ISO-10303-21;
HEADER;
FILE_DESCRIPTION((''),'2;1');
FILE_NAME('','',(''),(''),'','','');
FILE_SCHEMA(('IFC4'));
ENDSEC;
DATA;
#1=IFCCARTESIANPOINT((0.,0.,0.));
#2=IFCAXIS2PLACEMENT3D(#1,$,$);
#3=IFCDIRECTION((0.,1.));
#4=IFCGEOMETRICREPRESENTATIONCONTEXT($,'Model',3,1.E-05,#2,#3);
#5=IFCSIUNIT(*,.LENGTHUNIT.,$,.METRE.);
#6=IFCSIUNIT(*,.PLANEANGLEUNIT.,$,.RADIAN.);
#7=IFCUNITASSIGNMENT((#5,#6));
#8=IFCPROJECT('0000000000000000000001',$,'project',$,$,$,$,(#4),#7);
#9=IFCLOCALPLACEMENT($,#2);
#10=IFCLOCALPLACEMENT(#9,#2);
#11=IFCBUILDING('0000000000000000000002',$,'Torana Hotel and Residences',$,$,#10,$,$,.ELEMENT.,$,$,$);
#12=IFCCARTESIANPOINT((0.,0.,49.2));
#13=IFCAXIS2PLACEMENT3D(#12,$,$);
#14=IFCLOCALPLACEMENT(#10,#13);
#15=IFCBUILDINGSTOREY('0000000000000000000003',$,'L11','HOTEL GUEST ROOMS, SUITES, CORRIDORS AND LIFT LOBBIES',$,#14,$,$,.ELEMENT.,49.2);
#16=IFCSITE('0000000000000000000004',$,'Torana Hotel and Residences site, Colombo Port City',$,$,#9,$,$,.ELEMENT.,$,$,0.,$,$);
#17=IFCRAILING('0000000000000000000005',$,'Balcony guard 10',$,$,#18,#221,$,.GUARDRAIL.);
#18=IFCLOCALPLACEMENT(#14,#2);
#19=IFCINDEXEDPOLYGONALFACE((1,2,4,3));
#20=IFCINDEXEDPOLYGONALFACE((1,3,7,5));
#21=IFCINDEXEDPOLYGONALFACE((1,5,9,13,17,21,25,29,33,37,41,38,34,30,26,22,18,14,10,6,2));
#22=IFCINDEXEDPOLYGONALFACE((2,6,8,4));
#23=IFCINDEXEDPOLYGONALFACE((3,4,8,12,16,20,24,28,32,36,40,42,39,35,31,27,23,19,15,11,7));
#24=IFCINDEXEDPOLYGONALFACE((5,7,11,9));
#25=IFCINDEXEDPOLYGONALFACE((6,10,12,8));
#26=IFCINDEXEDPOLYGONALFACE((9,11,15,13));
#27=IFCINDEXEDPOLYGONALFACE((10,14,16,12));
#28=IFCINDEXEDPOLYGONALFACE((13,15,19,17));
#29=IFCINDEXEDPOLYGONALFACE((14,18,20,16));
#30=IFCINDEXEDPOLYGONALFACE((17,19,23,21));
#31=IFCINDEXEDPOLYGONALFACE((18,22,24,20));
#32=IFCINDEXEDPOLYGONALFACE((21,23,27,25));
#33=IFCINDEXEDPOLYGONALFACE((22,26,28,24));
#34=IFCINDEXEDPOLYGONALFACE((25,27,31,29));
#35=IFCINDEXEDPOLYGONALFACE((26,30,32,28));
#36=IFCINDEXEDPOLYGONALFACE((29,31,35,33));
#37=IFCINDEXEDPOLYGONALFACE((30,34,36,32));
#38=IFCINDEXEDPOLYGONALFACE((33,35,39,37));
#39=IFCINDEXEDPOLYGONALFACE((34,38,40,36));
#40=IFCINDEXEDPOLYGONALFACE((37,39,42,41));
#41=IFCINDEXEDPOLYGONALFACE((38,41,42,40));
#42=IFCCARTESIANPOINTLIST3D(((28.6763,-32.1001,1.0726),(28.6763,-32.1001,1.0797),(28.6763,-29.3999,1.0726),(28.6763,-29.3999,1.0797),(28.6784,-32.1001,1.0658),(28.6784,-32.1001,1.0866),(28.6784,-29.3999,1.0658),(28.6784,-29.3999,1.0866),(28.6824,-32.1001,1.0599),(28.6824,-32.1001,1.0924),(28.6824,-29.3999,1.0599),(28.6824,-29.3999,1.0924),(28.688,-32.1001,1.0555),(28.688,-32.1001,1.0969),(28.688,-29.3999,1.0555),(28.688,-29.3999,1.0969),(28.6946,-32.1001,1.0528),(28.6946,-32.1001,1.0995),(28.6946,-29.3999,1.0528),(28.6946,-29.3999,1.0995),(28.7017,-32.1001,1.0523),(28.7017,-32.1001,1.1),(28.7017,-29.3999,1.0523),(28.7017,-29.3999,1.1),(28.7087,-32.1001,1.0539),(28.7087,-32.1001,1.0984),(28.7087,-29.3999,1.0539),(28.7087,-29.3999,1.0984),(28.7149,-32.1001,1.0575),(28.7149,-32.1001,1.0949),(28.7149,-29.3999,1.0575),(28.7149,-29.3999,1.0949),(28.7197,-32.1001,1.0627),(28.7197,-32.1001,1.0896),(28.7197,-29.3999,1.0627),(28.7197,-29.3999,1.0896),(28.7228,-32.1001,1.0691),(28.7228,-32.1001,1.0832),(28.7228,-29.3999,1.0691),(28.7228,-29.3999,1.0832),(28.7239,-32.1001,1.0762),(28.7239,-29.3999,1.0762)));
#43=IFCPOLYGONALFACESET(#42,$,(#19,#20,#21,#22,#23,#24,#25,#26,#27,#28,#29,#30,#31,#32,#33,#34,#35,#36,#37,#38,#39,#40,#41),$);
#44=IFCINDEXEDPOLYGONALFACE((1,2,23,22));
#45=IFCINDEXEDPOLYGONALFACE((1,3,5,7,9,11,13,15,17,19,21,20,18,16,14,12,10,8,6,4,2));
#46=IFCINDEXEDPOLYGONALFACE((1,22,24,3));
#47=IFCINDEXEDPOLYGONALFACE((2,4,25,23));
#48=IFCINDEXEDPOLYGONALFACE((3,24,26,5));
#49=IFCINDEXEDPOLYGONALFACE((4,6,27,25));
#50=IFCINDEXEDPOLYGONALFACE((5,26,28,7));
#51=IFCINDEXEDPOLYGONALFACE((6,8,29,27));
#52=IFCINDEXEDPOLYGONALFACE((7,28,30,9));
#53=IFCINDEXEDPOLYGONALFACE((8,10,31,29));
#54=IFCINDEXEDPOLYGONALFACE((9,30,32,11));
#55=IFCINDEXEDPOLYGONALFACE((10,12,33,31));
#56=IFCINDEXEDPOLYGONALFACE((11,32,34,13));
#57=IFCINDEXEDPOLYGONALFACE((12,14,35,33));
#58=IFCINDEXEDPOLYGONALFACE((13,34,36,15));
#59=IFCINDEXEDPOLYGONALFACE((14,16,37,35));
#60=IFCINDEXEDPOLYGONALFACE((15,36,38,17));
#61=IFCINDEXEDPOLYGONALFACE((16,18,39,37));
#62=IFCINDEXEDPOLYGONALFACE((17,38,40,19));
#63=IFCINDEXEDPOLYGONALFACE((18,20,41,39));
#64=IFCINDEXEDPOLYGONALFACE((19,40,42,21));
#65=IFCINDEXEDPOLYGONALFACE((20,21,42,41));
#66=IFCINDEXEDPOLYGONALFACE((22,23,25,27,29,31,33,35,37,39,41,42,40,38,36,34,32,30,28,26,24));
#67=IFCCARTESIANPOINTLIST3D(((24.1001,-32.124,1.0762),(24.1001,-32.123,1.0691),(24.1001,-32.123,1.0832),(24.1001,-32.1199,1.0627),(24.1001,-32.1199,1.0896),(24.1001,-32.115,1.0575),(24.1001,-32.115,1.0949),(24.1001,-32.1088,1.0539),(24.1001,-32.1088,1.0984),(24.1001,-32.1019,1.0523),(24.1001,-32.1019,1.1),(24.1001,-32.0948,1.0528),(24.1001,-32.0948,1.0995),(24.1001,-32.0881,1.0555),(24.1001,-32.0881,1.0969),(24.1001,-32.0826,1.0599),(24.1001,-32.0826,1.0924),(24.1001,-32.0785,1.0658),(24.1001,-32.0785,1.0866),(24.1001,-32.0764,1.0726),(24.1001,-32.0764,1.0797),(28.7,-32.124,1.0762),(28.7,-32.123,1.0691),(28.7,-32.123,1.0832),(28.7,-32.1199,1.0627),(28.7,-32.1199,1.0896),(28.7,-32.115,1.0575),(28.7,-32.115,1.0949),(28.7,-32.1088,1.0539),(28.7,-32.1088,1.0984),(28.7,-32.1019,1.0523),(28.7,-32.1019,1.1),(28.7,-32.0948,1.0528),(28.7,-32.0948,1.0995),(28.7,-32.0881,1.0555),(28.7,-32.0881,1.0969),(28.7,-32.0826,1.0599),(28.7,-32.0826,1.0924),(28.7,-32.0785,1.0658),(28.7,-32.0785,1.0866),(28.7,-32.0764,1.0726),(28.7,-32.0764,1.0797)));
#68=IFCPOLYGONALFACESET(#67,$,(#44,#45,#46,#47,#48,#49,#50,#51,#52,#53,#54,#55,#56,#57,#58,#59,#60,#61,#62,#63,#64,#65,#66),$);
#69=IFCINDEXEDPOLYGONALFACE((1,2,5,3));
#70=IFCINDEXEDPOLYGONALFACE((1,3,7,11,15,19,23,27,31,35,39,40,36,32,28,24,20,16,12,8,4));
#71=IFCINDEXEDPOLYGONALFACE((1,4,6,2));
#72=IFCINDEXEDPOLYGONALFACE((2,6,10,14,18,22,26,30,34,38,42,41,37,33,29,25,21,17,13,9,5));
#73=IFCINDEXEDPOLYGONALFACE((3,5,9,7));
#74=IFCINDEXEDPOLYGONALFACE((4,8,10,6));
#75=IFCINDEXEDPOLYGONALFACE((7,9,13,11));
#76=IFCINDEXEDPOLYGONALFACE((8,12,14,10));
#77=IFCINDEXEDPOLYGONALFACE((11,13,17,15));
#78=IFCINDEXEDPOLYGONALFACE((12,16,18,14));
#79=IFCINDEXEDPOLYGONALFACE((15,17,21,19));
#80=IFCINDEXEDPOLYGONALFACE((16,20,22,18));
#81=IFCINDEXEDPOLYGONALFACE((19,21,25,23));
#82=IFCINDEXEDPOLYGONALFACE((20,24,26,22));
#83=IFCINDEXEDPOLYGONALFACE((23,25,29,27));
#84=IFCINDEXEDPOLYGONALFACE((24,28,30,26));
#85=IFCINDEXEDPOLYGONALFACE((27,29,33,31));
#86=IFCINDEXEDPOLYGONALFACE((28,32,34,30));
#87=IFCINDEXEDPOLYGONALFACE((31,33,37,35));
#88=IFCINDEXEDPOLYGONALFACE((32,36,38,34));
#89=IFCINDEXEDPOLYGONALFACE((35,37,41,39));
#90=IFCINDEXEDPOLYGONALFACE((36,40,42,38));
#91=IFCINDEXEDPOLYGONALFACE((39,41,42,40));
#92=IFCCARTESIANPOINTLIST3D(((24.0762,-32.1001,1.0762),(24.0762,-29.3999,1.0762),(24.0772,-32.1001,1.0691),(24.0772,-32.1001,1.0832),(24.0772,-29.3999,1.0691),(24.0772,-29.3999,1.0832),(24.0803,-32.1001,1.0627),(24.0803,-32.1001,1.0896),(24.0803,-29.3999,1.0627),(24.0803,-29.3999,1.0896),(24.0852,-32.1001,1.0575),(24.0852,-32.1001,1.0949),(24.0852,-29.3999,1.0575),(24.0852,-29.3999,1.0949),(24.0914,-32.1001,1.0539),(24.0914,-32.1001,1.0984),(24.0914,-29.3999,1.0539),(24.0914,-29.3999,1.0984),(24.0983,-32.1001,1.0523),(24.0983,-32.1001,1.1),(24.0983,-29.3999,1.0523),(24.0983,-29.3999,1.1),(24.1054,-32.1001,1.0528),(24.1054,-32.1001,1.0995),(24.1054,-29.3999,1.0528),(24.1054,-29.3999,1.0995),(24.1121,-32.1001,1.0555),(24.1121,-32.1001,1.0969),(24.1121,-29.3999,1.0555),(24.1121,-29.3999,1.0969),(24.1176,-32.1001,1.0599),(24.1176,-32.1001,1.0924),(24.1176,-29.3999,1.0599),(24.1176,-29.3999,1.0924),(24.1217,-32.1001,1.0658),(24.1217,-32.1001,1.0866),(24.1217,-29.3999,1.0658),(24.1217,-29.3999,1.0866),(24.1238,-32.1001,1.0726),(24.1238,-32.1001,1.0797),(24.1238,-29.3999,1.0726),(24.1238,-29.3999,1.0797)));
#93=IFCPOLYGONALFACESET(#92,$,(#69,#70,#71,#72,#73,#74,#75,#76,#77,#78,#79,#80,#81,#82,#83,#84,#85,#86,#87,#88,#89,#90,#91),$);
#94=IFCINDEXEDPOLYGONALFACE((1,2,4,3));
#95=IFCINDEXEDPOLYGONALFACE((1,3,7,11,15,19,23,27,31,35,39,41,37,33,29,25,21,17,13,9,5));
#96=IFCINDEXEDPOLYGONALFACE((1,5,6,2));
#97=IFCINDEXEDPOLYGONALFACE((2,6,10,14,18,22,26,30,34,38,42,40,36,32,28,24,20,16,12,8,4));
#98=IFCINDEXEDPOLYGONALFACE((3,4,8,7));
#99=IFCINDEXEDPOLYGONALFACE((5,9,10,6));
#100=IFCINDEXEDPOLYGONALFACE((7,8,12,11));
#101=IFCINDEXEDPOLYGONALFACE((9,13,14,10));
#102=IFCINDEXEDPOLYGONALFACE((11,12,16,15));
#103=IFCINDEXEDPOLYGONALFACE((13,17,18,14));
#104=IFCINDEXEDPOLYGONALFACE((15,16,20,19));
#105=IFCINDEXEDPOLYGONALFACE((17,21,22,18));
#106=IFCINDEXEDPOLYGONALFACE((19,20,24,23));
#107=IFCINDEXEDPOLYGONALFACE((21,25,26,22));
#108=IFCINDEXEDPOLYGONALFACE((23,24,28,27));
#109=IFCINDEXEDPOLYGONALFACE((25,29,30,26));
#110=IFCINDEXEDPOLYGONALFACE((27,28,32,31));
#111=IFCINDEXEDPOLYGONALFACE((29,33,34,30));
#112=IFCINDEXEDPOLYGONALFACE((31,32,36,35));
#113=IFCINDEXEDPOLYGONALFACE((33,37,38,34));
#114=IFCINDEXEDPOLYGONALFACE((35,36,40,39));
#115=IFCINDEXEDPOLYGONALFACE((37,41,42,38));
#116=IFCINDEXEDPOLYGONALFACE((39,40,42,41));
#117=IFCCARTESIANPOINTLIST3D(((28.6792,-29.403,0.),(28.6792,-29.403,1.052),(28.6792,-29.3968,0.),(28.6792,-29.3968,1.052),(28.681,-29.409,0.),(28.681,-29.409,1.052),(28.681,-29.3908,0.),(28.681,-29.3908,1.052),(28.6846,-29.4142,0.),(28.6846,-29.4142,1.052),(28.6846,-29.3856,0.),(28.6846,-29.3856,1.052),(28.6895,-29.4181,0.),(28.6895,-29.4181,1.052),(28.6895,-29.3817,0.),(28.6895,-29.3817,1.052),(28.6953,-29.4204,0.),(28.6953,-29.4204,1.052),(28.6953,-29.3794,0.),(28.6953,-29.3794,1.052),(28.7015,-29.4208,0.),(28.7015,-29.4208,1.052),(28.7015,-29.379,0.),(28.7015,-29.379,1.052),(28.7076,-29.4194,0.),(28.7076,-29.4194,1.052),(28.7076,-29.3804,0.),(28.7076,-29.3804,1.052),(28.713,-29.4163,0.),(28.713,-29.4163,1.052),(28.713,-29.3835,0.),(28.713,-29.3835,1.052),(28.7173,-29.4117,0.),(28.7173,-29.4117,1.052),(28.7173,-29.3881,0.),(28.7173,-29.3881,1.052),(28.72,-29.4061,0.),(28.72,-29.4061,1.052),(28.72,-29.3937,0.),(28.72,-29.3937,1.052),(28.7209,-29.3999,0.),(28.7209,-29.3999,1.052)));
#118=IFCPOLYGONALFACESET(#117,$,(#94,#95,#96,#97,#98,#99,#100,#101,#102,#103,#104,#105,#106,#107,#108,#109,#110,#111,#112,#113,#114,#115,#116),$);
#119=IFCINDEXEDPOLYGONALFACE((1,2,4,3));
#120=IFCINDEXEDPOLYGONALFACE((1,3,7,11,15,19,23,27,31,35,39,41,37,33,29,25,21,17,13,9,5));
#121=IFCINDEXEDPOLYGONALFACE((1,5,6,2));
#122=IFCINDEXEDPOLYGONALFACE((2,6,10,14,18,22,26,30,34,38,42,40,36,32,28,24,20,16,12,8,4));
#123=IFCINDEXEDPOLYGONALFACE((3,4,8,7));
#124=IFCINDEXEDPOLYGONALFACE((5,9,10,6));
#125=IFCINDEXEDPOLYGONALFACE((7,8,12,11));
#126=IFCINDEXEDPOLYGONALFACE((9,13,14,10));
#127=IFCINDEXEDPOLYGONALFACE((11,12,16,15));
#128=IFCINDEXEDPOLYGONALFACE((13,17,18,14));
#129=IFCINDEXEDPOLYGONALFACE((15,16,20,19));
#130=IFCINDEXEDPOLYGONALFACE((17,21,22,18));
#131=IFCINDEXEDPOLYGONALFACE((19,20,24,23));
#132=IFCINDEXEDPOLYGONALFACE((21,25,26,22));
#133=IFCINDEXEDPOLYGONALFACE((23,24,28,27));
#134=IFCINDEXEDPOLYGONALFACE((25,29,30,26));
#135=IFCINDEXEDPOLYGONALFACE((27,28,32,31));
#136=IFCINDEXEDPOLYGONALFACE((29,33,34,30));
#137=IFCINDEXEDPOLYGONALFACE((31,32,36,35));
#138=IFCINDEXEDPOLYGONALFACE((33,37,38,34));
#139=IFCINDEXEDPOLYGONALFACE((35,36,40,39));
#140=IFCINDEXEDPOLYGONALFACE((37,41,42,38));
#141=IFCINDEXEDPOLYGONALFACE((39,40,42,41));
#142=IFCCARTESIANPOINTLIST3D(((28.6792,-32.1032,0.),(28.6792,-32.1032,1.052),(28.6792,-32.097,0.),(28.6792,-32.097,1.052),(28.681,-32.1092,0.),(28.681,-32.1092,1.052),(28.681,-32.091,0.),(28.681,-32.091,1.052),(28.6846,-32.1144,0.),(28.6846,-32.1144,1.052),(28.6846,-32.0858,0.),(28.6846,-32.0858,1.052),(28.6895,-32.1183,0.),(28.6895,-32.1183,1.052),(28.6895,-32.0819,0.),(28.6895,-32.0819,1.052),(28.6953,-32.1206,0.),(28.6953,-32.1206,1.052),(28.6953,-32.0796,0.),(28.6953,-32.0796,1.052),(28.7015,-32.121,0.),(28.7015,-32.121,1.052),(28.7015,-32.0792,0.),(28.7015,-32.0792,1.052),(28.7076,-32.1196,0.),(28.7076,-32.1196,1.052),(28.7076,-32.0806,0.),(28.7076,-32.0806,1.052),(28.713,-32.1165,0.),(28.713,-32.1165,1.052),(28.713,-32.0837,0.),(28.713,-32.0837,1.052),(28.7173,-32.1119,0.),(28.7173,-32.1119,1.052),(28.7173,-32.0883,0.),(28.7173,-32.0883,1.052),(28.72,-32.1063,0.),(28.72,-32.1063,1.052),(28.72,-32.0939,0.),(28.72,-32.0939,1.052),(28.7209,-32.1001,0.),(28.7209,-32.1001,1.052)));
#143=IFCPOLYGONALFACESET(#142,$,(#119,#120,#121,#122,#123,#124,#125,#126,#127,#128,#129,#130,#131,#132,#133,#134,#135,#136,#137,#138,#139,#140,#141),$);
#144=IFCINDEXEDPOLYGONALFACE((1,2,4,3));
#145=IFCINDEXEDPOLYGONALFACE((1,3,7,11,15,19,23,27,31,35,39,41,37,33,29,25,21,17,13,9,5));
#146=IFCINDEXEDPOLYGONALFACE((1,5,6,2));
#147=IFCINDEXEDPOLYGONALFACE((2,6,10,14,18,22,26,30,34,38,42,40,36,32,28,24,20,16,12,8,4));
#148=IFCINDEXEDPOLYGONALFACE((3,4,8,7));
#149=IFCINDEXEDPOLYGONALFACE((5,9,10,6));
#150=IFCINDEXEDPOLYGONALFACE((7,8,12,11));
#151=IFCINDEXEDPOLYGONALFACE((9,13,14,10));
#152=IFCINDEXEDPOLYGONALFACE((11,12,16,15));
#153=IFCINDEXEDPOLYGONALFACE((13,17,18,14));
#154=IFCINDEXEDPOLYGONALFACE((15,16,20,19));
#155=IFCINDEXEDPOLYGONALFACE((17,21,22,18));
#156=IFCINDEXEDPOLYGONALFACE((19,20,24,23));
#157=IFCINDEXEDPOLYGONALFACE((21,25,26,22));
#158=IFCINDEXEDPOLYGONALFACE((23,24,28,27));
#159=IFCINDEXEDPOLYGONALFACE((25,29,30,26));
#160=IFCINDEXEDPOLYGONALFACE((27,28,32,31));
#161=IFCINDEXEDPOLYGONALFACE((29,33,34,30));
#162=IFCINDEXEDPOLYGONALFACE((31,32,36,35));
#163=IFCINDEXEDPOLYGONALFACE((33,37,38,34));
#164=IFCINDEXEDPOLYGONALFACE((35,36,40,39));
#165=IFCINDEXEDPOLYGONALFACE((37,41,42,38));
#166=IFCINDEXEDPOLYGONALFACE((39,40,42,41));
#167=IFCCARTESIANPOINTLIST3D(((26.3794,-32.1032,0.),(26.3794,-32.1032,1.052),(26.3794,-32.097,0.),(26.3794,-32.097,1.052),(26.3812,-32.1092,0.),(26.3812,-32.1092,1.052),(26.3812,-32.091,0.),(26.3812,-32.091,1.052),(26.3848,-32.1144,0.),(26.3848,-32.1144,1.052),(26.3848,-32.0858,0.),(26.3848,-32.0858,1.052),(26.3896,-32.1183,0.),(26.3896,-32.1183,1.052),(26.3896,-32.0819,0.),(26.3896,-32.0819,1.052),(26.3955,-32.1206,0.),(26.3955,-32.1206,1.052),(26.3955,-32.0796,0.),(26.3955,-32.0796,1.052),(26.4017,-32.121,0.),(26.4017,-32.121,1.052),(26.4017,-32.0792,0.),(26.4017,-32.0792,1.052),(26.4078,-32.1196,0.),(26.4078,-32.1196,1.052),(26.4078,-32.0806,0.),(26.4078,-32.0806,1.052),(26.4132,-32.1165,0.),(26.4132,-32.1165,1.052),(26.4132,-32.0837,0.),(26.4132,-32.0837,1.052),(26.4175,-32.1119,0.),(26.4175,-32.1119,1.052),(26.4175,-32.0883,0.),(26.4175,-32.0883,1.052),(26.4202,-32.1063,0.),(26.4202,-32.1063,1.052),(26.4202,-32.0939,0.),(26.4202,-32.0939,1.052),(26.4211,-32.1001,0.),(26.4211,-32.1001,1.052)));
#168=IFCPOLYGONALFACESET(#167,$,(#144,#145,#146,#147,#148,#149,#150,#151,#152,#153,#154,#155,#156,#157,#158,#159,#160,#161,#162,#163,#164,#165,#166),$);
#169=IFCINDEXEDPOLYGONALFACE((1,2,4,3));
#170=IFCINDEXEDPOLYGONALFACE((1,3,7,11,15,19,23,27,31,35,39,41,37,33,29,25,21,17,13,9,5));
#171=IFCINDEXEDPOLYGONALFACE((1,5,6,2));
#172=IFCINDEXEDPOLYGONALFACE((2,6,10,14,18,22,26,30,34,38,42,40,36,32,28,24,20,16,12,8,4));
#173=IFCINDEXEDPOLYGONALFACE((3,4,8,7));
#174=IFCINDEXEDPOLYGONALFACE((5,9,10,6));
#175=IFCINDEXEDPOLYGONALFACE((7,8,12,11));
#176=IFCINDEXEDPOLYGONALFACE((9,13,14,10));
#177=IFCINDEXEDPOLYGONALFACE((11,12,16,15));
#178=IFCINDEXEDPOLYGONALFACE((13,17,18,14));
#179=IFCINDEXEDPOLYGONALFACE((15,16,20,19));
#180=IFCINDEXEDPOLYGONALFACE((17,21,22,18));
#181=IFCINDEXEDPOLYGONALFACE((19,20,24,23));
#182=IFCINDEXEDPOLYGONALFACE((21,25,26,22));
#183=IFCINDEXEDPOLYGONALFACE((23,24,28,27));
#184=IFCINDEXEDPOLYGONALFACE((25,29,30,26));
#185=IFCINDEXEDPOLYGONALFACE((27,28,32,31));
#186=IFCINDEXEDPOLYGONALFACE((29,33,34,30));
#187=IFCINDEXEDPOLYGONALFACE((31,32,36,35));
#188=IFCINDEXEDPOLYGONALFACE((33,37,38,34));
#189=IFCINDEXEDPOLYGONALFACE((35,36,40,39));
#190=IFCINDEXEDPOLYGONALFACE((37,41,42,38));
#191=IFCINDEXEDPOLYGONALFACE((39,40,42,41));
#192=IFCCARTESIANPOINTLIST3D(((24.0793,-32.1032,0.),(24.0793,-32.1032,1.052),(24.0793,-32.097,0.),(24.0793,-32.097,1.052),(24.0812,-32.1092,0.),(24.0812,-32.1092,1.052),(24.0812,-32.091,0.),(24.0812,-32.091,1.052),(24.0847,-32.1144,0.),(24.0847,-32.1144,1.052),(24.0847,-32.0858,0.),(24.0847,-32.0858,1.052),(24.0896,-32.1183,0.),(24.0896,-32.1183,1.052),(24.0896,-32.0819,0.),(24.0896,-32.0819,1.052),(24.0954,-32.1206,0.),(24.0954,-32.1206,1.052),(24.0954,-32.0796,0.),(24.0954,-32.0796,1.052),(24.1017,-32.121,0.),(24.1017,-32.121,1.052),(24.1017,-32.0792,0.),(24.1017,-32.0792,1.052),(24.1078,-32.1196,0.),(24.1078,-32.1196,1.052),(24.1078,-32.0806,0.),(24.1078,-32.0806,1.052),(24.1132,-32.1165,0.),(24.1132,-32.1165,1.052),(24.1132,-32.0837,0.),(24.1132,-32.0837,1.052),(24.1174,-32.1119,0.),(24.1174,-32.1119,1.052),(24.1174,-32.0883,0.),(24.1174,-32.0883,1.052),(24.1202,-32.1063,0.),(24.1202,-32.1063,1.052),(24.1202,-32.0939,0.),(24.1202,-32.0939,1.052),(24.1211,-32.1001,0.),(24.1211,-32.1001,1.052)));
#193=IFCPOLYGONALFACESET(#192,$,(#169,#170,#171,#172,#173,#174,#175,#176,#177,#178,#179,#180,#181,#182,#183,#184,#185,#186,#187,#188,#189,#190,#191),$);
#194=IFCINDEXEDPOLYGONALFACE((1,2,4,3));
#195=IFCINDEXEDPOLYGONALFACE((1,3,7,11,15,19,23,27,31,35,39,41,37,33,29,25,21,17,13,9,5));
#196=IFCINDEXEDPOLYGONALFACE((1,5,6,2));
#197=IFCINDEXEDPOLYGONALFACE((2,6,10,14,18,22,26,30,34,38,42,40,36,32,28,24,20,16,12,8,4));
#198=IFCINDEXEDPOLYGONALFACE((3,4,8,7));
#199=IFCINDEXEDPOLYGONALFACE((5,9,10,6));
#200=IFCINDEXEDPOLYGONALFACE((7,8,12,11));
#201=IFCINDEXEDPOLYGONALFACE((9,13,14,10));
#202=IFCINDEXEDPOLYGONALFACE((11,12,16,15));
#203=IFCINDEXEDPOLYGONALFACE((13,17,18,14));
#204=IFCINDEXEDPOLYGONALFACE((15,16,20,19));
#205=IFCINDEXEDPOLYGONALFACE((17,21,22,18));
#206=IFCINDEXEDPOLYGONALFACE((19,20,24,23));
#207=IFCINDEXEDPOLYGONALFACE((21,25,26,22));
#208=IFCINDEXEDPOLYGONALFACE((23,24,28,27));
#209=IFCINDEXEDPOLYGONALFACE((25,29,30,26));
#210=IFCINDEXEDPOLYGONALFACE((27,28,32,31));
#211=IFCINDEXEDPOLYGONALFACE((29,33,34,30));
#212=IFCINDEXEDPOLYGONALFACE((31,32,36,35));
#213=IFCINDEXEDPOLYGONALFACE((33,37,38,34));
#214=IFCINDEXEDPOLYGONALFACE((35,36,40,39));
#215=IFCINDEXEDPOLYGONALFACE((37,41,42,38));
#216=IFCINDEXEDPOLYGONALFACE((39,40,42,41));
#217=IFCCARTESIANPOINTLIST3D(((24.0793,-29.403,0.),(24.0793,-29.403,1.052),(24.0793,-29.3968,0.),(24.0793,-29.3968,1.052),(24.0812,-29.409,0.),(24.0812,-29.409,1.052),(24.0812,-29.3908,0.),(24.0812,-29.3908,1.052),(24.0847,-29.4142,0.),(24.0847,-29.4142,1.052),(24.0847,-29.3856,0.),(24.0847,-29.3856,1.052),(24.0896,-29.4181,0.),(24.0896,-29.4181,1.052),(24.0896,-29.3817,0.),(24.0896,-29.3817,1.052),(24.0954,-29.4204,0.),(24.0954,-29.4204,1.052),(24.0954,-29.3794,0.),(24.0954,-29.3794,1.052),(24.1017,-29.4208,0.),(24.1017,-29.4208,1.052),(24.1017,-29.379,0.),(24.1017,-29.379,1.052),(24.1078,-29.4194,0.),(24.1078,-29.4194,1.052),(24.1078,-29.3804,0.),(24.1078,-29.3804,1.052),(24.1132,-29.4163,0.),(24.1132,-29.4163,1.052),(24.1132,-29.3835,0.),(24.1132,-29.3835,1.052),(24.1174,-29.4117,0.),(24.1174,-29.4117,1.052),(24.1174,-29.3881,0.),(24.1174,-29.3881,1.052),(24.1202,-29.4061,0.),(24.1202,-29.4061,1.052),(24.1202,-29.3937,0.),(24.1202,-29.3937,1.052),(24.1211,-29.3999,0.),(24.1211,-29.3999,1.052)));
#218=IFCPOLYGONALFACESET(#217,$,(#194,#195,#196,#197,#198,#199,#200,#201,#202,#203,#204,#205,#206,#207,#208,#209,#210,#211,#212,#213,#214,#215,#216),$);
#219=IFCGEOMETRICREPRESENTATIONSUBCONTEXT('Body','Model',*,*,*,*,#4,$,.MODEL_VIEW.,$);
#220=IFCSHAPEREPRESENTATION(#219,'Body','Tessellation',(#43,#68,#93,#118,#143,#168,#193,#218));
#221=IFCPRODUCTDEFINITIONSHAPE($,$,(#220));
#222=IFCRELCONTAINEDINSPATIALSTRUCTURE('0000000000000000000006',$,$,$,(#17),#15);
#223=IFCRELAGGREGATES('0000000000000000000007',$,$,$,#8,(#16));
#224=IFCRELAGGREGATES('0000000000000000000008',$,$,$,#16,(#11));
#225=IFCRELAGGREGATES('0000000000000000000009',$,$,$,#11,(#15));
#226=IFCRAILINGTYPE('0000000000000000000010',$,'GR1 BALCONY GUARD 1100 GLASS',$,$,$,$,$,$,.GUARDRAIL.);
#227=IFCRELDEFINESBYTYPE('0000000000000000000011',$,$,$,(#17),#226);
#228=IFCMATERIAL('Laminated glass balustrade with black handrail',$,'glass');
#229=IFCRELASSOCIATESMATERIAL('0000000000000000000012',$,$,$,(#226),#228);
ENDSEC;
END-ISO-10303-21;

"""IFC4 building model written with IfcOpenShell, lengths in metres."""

from ifc_helpers import new_model, si_unit, direction, frame, origin, origin_2d, place, context, subcontext, project, spatial, circle, extrude, material, type_object, element, save


model = new_model("IFC4")

# Units and contexts
model_context = context("Model", 3, precision=1e-05, world=origin(), true_north=direction((0.0, 1.0)))
body_context = subcontext(model_context, "Body", "Model", "MODEL_VIEW")
ifc_project = project(units=[si_unit("LENGTHUNIT", "METRE"), si_unit("PLANEANGLEUNIT", "RADIAN")], contexts=[model_context])

# Site, building, storey
site_placement = place(None, origin())
site = spatial("IfcSite", under=ifc_project, at=site_placement, Name="Torana Hotel and Residences site, Colombo Port City", CompositionType="ELEMENT", RefElevation=0.0)
building_placement = place(site_placement, origin())
building = spatial("IfcBuilding", under=site, at=building_placement, Name="Torana Hotel and Residences", CompositionType="ELEMENT")
storey_placement = place(building_placement, frame((0.0, 0.0, 49.2)))
storey = spatial("IfcBuildingStorey", under=building, at=storey_placement, Name="L11", Description="HOTEL GUEST ROOMS, SUITES, CORRIDORS AND LIFT LOBBIES", CompositionType="ELEMENT", Elevation=49.2)

# Railing
ifc_material_1 = material(Name="Laminated glass balustrade with black handrail", Category="glass")
railing_type = type_object("IfcRailingType", Name="GR1 BALCONY GUARD 1100 GLASS", PredefinedType="GUARDRAIL", material=ifc_material_1)
railing_1_placement = place(storey_placement, frame((28.7, -29.3999, 0.0)))
element("IfcRailing", 1, at=railing_1_placement, inside=storey, type_object=railing_type, Name="Balcony guard 10", PredefinedType="GUARDRAIL", context=body_context, shape_type="SweptSolid", body=[
    extrude(circle(Radius=0.0239, at=origin_2d()), frame((0.0, 0.0, 1.0762), z_axis=(0.0, -1.0, 0.0), x_axis=(1.0, 0.0, 0.0)), (0.0, 0.0, 1.0), 2.7002),
    extrude(circle(Radius=0.0239, at=origin_2d()), frame((0.0, -2.7002, 1.0762), z_axis=(-1.0, 0.0, 0.0), x_axis=(0.0, -1.0, 0.0)), (0.0, 0.0, 1.0), 4.5999),
    extrude(circle(Radius=0.0239, at=origin_2d()), frame((-4.5999, -2.7002, 1.0762), z_axis=(0.0, 1.0, 0.0), x_axis=(-1.0, 0.0, 0.0)), (0.0, 0.0, 1.0), 2.7002),
    extrude(circle(Radius=0.021, at=origin_2d()), origin(), (0.0, 0.0, 1.0), 1.052),
    extrude(circle(Radius=0.021, at=origin_2d()), frame((0.0, -2.7002, 0.0)), (0.0, 0.0, 1.0), 1.052),
    extrude(circle(Radius=0.021, at=origin_2d()), frame((-2.2998, -2.7002, 0.0)), (0.0, 0.0, 1.0), 1.052),
    extrude(circle(Radius=0.021, at=origin_2d()), frame((-4.5999, -2.7002, 0.0)), (0.0, 0.0, 1.0), 1.052),
    extrude(circle(Radius=0.021, at=origin_2d()), frame((-4.5999, 0.0, 0.0)), (0.0, 0.0, 1.0), 1.052),
])

save(model, "model.ifc")
